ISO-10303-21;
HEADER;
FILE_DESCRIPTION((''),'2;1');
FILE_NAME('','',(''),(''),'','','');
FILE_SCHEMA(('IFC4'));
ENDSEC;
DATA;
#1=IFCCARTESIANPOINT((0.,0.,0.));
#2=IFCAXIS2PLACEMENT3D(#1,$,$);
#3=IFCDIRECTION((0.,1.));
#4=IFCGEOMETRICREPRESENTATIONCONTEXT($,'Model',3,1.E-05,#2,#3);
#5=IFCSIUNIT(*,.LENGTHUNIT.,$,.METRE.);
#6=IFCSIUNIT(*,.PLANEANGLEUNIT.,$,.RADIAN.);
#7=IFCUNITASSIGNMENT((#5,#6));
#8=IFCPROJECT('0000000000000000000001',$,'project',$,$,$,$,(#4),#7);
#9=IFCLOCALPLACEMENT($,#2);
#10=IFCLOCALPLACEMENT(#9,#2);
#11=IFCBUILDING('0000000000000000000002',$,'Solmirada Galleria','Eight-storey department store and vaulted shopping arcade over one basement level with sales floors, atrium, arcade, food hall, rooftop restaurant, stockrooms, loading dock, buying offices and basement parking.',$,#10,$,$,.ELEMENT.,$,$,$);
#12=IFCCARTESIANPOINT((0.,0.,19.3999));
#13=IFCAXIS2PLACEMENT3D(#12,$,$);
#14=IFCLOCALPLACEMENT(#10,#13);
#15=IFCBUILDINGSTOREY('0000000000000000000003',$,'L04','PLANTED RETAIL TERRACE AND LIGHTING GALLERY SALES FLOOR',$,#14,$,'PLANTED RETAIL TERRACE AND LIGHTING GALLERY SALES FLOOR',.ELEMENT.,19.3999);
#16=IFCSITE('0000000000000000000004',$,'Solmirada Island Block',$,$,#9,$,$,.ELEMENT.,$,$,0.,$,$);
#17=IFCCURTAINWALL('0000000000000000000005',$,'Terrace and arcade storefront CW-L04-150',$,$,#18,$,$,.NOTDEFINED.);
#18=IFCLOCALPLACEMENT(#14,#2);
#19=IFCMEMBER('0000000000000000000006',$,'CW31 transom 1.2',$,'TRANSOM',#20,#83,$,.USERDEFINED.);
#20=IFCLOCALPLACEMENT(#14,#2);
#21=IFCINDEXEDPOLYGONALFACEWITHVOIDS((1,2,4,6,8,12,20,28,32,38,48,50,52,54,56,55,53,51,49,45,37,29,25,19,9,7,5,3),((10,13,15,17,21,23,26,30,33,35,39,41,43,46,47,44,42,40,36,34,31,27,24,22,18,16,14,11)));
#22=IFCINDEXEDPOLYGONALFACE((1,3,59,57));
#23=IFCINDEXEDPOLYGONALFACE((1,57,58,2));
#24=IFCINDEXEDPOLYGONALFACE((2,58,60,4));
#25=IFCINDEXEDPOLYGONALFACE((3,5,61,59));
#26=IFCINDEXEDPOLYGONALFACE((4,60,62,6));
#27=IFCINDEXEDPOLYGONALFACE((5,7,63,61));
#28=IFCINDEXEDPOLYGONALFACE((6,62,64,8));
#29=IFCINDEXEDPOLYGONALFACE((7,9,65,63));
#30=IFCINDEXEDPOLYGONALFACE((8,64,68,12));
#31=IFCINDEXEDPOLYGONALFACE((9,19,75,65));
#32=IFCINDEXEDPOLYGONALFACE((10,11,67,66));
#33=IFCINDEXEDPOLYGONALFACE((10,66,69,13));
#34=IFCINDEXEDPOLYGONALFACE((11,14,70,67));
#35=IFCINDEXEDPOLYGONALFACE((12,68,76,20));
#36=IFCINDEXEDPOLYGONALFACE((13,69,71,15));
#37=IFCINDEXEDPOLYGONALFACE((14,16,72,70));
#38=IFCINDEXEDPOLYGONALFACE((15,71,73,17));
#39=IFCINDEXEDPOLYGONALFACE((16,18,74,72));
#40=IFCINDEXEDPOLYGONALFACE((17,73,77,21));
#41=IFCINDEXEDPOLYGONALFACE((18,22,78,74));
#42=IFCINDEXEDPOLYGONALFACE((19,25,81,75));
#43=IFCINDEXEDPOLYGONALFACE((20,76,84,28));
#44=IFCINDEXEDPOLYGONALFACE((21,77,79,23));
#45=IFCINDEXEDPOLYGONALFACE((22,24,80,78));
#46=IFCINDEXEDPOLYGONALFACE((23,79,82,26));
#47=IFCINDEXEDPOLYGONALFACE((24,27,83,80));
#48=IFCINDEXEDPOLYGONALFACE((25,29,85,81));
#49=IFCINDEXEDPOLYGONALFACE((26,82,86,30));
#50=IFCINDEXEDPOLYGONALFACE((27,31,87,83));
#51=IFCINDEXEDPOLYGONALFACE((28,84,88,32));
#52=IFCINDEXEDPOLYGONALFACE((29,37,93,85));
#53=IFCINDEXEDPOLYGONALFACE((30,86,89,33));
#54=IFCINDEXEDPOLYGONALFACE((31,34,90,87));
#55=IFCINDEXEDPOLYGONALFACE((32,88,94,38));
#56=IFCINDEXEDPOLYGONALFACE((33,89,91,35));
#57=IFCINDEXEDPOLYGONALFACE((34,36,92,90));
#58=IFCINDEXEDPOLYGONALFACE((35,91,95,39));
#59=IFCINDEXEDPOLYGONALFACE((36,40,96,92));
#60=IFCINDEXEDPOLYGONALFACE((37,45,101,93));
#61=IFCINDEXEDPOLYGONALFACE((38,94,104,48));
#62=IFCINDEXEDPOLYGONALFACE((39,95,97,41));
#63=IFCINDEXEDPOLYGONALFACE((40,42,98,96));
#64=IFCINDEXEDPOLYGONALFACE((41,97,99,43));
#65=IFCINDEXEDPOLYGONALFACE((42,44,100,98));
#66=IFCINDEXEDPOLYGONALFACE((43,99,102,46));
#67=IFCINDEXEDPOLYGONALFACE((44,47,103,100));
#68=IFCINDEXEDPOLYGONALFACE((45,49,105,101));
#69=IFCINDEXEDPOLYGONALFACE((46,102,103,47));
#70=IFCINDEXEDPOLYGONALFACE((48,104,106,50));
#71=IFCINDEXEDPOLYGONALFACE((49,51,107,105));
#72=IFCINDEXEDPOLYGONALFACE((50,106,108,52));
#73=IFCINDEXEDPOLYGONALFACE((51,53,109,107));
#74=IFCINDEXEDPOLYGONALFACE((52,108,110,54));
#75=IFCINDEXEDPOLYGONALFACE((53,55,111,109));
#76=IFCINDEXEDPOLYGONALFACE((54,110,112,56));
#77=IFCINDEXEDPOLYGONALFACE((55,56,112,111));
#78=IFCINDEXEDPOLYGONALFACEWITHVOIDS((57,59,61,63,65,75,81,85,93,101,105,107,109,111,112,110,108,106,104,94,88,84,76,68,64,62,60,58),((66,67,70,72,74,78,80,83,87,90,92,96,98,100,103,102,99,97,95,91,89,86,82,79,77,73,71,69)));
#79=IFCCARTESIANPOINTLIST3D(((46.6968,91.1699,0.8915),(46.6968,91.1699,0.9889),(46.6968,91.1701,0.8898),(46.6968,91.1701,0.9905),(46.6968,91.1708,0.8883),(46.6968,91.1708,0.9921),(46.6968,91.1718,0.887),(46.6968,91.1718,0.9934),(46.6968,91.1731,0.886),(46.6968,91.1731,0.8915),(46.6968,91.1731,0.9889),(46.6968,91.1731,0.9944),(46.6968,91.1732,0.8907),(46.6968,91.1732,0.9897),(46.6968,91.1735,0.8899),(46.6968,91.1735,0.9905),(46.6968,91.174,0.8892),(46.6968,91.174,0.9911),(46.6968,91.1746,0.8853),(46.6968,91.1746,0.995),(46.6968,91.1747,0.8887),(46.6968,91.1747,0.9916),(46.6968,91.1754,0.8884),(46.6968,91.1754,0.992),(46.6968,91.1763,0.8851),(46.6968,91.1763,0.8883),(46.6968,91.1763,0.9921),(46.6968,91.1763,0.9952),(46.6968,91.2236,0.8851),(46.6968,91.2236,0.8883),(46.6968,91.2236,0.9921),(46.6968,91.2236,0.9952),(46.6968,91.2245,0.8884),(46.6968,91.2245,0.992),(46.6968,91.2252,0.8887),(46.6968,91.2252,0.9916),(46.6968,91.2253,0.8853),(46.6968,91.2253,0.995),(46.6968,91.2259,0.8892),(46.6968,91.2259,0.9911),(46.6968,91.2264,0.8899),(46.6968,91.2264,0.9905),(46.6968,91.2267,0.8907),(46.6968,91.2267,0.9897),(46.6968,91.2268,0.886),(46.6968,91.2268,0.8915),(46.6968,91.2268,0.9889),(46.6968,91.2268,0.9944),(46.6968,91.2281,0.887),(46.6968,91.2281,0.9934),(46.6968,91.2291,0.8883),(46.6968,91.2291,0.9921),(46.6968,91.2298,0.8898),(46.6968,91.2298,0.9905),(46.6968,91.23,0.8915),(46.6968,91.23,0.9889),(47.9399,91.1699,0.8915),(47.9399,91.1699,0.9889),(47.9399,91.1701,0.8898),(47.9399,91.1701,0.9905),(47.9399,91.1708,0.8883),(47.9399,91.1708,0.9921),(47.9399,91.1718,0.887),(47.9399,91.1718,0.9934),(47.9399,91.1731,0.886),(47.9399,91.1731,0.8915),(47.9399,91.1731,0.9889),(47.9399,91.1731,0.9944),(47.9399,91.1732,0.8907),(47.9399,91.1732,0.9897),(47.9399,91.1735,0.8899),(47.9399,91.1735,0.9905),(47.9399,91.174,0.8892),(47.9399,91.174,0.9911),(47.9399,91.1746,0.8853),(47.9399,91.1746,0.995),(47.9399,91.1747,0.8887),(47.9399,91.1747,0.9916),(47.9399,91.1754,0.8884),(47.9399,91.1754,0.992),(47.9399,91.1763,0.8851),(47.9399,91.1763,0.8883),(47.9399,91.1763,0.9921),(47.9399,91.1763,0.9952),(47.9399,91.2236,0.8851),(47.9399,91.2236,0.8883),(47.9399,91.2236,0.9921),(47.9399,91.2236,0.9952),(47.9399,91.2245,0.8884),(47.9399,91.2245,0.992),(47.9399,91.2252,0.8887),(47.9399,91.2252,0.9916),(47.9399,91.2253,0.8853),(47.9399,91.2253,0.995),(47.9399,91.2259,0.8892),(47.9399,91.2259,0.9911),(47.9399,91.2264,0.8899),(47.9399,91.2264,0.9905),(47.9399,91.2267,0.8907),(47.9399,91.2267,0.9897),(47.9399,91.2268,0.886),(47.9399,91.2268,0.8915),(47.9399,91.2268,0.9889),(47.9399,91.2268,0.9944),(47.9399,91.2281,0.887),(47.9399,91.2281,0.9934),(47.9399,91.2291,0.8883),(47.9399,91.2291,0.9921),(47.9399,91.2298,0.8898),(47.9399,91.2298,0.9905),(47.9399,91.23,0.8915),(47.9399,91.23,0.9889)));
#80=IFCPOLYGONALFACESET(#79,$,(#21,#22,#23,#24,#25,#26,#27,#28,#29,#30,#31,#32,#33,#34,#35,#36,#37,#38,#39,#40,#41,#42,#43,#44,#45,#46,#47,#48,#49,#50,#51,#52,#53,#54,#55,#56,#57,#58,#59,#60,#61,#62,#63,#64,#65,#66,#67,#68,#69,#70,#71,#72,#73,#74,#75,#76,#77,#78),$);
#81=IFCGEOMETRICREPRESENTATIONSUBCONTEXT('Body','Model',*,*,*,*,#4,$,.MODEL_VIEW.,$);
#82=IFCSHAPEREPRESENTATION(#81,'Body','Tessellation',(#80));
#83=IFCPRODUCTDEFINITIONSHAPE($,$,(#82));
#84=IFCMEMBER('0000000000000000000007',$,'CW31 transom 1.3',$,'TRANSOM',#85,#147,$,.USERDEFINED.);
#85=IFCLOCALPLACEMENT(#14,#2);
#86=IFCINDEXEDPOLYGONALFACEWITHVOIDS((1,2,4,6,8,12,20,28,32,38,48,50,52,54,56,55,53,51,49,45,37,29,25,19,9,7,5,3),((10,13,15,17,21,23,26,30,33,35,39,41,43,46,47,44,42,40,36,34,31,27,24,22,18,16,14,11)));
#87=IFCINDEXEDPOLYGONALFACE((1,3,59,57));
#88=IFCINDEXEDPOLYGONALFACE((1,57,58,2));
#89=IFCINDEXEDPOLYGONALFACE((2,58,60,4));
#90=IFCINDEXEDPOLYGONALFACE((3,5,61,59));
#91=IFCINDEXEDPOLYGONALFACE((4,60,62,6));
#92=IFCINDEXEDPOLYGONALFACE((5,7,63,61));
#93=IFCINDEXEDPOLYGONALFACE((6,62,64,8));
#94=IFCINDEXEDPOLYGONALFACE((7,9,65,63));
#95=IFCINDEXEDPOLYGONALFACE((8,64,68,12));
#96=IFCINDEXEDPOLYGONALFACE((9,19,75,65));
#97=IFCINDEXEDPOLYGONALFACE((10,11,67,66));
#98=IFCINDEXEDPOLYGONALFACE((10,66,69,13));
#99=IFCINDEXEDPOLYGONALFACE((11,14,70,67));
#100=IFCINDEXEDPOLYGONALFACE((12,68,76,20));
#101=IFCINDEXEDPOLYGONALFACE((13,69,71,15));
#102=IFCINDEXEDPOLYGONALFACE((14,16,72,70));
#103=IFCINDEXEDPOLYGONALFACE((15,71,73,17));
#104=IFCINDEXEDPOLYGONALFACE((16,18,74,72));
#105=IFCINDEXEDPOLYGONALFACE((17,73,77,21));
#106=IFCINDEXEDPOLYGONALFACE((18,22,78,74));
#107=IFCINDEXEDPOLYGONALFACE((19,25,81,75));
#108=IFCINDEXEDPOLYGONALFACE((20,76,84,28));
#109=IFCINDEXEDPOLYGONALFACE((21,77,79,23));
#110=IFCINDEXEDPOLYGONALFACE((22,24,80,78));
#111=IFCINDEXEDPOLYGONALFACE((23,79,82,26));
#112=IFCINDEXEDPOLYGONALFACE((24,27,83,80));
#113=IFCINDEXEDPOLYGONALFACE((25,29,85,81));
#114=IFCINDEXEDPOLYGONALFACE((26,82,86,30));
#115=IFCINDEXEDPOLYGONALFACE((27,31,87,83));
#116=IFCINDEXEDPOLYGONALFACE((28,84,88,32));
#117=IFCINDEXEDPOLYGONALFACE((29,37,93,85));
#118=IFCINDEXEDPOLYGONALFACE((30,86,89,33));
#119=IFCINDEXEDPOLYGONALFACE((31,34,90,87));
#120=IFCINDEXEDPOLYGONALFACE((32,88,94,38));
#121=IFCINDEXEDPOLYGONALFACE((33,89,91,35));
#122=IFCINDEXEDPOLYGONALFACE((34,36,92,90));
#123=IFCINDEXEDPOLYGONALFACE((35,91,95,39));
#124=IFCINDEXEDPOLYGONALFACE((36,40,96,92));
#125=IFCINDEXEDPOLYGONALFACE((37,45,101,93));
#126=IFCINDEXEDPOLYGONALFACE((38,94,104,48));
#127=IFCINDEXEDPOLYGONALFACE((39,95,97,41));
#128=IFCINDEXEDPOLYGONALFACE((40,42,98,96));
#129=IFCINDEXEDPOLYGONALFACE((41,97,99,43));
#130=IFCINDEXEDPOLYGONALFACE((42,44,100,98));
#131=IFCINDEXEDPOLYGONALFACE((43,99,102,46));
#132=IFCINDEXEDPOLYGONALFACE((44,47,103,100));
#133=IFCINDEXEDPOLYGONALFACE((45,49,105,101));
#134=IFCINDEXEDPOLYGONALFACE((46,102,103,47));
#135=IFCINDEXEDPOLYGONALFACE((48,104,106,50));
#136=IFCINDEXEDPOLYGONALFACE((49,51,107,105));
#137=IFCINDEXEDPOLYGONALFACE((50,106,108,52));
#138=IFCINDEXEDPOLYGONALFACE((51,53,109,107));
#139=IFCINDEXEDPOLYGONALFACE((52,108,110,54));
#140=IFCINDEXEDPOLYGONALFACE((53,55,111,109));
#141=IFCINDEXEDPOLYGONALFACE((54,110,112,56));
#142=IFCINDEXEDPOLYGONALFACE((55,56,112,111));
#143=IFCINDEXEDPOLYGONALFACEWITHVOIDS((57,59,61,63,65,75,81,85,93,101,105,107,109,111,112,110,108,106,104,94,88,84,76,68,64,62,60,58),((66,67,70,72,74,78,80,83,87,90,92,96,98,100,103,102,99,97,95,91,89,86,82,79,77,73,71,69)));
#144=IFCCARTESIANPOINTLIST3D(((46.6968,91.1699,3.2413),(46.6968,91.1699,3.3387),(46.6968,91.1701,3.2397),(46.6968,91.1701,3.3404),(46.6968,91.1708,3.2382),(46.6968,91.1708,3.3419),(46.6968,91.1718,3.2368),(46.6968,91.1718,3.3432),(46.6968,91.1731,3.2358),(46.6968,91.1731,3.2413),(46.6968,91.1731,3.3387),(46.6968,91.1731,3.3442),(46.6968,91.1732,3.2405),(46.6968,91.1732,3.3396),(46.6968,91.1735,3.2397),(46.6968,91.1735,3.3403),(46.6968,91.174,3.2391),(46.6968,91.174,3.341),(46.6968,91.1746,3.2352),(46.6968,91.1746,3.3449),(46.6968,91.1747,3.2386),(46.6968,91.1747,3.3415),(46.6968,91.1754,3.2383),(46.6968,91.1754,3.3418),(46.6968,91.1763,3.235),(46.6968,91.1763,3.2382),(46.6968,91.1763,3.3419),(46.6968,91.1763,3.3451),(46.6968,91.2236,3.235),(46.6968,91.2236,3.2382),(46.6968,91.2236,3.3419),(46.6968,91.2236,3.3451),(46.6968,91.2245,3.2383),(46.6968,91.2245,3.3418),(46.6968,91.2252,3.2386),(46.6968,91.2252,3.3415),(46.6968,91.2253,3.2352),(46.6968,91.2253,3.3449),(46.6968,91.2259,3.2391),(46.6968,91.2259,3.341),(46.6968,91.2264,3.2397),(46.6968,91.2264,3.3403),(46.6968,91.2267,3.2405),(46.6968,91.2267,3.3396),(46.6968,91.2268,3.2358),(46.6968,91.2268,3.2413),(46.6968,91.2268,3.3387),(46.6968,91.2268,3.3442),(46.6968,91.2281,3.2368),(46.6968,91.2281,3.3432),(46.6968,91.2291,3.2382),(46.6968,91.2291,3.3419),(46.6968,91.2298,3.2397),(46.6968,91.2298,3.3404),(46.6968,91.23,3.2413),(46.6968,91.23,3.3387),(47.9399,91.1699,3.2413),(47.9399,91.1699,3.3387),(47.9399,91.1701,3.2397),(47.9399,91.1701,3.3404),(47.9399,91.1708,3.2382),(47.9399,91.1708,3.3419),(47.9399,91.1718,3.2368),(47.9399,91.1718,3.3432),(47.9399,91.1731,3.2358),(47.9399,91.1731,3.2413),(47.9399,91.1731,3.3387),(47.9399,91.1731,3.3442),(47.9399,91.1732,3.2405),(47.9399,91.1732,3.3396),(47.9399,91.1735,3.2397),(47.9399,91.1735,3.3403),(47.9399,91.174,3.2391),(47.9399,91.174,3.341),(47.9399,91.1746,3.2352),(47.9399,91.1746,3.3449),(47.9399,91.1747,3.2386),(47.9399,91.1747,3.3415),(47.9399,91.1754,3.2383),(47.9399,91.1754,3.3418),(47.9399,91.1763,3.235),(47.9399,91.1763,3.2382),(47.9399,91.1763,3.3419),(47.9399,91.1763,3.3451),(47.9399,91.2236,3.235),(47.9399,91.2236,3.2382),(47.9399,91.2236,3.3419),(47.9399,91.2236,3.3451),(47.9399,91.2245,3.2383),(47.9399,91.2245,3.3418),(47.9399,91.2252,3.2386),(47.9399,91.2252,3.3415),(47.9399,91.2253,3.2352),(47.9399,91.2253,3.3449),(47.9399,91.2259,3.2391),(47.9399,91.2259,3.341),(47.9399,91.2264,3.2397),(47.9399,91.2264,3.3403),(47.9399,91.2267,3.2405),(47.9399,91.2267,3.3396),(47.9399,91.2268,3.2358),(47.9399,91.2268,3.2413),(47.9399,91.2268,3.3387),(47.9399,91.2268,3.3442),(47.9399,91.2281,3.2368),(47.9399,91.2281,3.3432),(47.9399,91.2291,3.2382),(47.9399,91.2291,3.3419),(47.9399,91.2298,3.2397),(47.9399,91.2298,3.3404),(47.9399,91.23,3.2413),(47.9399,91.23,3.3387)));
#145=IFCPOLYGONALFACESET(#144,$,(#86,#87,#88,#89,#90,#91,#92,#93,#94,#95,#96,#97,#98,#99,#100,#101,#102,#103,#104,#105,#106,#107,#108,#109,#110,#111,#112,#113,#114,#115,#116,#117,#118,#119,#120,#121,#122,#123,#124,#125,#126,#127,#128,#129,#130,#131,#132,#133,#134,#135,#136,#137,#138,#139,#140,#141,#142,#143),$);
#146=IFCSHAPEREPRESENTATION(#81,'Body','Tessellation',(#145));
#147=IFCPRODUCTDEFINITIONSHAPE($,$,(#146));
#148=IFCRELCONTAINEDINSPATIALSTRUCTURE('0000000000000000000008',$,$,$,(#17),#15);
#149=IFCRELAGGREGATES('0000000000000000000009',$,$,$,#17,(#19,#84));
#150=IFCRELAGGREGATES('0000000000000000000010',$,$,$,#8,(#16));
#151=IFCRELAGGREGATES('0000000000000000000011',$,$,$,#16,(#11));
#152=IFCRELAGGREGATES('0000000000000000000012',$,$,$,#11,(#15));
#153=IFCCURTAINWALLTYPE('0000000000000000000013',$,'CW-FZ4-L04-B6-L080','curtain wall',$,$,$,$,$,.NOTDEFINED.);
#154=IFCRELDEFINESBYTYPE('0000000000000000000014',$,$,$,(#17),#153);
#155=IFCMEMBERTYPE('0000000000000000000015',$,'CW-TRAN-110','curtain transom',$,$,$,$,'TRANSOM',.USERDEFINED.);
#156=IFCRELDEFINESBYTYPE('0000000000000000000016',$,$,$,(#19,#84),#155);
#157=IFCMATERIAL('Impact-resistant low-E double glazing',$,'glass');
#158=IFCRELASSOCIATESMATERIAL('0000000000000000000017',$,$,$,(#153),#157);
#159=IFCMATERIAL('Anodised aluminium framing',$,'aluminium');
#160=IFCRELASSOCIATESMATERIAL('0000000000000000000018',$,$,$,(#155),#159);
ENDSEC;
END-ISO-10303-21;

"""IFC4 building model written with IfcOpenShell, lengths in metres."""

from ifc_helpers import new_model, si_unit, direction, frame, origin, origin_2d, place, context, subcontext, project, spatial, hollow_rectangle, extrude, material, material_profile, profile_set, type_object, element, aggregate, save


model = new_model("IFC4")

# Units and contexts
model_context = context("Model", 3, precision=1e-05, world=origin(), true_north=direction((0.0, 1.0)))
body_context = subcontext(model_context, "Body", "Model", "MODEL_VIEW")
ifc_project = project(units=[si_unit("LENGTHUNIT", "METRE"), si_unit("PLANEANGLEUNIT", "RADIAN")], contexts=[model_context])

# Site, building, storey
site_placement = place(None, origin())
site = spatial("IfcSite", under=ifc_project, at=site_placement, Name="Solmirada Island Block", CompositionType="ELEMENT", RefElevation=0.0)
building_placement = place(site_placement, origin())
building = spatial("IfcBuilding", under=site, at=building_placement, Name="Solmirada Galleria", Description="Eight-storey department store and vaulted shopping arcade over one basement level with sales floors, atrium, arcade, food hall, rooftop restaurant, stockrooms, loading dock, buying offices and basement parking.", CompositionType="ELEMENT")
storey_placement = place(building_placement, frame((0.0, 0.0, 19.3999)))
storey = spatial("IfcBuildingStorey", under=building, at=storey_placement, Name="L04", Description="PLANTED RETAIL TERRACE AND LIGHTING GALLERY SALES FLOOR", LongName="PLANTED RETAIL TERRACE AND LIGHTING GALLERY SALES FLOOR", CompositionType="ELEMENT", Elevation=19.3999)

# Curtain wall
ifc_material_1 = material(Name="Impact-resistant low-E double glazing", Category="glass")
curtain_wall_type = type_object("IfcCurtainWallType", Name="CW-FZ4-L04-B6-L080", Description="curtain wall", PredefinedType="NOTDEFINED", material=ifc_material_1)
ifc_material_2 = material(Name="Anodised aluminium framing", Category="aluminium")
curtain_wall_1_placement = place(storey_placement, origin())
curtain_wall_1 = element("IfcCurtainWall", 1, at=curtain_wall_1_placement, inside=storey, type_object=curtain_wall_type, Name="Terrace and arcade storefront CW-L04-150", PredefinedType="NOTDEFINED")

# Members
ifc_material_profile_1 = material_profile(ifc_material_2, hollow_rectangle(XDim=0.0601, YDim=0.1101, WallThickness=0.0032, InnerFilletRadius=0.0032, OuterFilletRadius=0.0063, at=origin_2d()), Name="ALU-TRAN-110X60")
ifc_profile_set_1 = profile_set([ifc_material_profile_1], Name="Anodised aluminium framing")
member_type_1 = type_object("IfcMemberType", Name="CW-TRAN-110", Description="curtain transom", ElementType="TRANSOM", PredefinedType="USERDEFINED", material=ifc_profile_set_1)
member_1_placement = place(storey_placement, frame((47.9399, 91.2, 0.9402), z_axis=(-1.0, 0.0, 0.0), x_axis=(0.0, -1.0, 0.0)))
member_1 = element("IfcMember", 2, at=member_1_placement, type_object=member_type_1, Name="CW31 transom 1.2", ObjectType="TRANSOM", PredefinedType="USERDEFINED", context=body_context, shape_type="SweptSolid", body=[
    extrude(hollow_rectangle(XDim=0.0601, YDim=0.1101, WallThickness=0.0032, InnerFilletRadius=0.0032, OuterFilletRadius=0.0063, at=origin_2d()), origin(), (0.0, 0.0, 1.0), 1.2432),
])
member_2_placement = place(storey_placement, frame((47.9399, 91.2, 3.29), z_axis=(-1.0, 0.0, 0.0), x_axis=(0.0, -1.0, 0.0)))
member_2 = element("IfcMember", 3, at=member_2_placement, type_object=member_type_1, Name="CW31 transom 1.3", ObjectType="TRANSOM", PredefinedType="USERDEFINED", context=body_context, shape_type="SweptSolid", body=[
    extrude(hollow_rectangle(XDim=0.0601, YDim=0.1101, WallThickness=0.0032, InnerFilletRadius=0.0032, OuterFilletRadius=0.0063, at=origin_2d()), origin(), (0.0, 0.0, 1.0), 1.2432),
])

aggregate(curtain_wall_1, [member_1, member_2])

save(model, "model.ifc")
